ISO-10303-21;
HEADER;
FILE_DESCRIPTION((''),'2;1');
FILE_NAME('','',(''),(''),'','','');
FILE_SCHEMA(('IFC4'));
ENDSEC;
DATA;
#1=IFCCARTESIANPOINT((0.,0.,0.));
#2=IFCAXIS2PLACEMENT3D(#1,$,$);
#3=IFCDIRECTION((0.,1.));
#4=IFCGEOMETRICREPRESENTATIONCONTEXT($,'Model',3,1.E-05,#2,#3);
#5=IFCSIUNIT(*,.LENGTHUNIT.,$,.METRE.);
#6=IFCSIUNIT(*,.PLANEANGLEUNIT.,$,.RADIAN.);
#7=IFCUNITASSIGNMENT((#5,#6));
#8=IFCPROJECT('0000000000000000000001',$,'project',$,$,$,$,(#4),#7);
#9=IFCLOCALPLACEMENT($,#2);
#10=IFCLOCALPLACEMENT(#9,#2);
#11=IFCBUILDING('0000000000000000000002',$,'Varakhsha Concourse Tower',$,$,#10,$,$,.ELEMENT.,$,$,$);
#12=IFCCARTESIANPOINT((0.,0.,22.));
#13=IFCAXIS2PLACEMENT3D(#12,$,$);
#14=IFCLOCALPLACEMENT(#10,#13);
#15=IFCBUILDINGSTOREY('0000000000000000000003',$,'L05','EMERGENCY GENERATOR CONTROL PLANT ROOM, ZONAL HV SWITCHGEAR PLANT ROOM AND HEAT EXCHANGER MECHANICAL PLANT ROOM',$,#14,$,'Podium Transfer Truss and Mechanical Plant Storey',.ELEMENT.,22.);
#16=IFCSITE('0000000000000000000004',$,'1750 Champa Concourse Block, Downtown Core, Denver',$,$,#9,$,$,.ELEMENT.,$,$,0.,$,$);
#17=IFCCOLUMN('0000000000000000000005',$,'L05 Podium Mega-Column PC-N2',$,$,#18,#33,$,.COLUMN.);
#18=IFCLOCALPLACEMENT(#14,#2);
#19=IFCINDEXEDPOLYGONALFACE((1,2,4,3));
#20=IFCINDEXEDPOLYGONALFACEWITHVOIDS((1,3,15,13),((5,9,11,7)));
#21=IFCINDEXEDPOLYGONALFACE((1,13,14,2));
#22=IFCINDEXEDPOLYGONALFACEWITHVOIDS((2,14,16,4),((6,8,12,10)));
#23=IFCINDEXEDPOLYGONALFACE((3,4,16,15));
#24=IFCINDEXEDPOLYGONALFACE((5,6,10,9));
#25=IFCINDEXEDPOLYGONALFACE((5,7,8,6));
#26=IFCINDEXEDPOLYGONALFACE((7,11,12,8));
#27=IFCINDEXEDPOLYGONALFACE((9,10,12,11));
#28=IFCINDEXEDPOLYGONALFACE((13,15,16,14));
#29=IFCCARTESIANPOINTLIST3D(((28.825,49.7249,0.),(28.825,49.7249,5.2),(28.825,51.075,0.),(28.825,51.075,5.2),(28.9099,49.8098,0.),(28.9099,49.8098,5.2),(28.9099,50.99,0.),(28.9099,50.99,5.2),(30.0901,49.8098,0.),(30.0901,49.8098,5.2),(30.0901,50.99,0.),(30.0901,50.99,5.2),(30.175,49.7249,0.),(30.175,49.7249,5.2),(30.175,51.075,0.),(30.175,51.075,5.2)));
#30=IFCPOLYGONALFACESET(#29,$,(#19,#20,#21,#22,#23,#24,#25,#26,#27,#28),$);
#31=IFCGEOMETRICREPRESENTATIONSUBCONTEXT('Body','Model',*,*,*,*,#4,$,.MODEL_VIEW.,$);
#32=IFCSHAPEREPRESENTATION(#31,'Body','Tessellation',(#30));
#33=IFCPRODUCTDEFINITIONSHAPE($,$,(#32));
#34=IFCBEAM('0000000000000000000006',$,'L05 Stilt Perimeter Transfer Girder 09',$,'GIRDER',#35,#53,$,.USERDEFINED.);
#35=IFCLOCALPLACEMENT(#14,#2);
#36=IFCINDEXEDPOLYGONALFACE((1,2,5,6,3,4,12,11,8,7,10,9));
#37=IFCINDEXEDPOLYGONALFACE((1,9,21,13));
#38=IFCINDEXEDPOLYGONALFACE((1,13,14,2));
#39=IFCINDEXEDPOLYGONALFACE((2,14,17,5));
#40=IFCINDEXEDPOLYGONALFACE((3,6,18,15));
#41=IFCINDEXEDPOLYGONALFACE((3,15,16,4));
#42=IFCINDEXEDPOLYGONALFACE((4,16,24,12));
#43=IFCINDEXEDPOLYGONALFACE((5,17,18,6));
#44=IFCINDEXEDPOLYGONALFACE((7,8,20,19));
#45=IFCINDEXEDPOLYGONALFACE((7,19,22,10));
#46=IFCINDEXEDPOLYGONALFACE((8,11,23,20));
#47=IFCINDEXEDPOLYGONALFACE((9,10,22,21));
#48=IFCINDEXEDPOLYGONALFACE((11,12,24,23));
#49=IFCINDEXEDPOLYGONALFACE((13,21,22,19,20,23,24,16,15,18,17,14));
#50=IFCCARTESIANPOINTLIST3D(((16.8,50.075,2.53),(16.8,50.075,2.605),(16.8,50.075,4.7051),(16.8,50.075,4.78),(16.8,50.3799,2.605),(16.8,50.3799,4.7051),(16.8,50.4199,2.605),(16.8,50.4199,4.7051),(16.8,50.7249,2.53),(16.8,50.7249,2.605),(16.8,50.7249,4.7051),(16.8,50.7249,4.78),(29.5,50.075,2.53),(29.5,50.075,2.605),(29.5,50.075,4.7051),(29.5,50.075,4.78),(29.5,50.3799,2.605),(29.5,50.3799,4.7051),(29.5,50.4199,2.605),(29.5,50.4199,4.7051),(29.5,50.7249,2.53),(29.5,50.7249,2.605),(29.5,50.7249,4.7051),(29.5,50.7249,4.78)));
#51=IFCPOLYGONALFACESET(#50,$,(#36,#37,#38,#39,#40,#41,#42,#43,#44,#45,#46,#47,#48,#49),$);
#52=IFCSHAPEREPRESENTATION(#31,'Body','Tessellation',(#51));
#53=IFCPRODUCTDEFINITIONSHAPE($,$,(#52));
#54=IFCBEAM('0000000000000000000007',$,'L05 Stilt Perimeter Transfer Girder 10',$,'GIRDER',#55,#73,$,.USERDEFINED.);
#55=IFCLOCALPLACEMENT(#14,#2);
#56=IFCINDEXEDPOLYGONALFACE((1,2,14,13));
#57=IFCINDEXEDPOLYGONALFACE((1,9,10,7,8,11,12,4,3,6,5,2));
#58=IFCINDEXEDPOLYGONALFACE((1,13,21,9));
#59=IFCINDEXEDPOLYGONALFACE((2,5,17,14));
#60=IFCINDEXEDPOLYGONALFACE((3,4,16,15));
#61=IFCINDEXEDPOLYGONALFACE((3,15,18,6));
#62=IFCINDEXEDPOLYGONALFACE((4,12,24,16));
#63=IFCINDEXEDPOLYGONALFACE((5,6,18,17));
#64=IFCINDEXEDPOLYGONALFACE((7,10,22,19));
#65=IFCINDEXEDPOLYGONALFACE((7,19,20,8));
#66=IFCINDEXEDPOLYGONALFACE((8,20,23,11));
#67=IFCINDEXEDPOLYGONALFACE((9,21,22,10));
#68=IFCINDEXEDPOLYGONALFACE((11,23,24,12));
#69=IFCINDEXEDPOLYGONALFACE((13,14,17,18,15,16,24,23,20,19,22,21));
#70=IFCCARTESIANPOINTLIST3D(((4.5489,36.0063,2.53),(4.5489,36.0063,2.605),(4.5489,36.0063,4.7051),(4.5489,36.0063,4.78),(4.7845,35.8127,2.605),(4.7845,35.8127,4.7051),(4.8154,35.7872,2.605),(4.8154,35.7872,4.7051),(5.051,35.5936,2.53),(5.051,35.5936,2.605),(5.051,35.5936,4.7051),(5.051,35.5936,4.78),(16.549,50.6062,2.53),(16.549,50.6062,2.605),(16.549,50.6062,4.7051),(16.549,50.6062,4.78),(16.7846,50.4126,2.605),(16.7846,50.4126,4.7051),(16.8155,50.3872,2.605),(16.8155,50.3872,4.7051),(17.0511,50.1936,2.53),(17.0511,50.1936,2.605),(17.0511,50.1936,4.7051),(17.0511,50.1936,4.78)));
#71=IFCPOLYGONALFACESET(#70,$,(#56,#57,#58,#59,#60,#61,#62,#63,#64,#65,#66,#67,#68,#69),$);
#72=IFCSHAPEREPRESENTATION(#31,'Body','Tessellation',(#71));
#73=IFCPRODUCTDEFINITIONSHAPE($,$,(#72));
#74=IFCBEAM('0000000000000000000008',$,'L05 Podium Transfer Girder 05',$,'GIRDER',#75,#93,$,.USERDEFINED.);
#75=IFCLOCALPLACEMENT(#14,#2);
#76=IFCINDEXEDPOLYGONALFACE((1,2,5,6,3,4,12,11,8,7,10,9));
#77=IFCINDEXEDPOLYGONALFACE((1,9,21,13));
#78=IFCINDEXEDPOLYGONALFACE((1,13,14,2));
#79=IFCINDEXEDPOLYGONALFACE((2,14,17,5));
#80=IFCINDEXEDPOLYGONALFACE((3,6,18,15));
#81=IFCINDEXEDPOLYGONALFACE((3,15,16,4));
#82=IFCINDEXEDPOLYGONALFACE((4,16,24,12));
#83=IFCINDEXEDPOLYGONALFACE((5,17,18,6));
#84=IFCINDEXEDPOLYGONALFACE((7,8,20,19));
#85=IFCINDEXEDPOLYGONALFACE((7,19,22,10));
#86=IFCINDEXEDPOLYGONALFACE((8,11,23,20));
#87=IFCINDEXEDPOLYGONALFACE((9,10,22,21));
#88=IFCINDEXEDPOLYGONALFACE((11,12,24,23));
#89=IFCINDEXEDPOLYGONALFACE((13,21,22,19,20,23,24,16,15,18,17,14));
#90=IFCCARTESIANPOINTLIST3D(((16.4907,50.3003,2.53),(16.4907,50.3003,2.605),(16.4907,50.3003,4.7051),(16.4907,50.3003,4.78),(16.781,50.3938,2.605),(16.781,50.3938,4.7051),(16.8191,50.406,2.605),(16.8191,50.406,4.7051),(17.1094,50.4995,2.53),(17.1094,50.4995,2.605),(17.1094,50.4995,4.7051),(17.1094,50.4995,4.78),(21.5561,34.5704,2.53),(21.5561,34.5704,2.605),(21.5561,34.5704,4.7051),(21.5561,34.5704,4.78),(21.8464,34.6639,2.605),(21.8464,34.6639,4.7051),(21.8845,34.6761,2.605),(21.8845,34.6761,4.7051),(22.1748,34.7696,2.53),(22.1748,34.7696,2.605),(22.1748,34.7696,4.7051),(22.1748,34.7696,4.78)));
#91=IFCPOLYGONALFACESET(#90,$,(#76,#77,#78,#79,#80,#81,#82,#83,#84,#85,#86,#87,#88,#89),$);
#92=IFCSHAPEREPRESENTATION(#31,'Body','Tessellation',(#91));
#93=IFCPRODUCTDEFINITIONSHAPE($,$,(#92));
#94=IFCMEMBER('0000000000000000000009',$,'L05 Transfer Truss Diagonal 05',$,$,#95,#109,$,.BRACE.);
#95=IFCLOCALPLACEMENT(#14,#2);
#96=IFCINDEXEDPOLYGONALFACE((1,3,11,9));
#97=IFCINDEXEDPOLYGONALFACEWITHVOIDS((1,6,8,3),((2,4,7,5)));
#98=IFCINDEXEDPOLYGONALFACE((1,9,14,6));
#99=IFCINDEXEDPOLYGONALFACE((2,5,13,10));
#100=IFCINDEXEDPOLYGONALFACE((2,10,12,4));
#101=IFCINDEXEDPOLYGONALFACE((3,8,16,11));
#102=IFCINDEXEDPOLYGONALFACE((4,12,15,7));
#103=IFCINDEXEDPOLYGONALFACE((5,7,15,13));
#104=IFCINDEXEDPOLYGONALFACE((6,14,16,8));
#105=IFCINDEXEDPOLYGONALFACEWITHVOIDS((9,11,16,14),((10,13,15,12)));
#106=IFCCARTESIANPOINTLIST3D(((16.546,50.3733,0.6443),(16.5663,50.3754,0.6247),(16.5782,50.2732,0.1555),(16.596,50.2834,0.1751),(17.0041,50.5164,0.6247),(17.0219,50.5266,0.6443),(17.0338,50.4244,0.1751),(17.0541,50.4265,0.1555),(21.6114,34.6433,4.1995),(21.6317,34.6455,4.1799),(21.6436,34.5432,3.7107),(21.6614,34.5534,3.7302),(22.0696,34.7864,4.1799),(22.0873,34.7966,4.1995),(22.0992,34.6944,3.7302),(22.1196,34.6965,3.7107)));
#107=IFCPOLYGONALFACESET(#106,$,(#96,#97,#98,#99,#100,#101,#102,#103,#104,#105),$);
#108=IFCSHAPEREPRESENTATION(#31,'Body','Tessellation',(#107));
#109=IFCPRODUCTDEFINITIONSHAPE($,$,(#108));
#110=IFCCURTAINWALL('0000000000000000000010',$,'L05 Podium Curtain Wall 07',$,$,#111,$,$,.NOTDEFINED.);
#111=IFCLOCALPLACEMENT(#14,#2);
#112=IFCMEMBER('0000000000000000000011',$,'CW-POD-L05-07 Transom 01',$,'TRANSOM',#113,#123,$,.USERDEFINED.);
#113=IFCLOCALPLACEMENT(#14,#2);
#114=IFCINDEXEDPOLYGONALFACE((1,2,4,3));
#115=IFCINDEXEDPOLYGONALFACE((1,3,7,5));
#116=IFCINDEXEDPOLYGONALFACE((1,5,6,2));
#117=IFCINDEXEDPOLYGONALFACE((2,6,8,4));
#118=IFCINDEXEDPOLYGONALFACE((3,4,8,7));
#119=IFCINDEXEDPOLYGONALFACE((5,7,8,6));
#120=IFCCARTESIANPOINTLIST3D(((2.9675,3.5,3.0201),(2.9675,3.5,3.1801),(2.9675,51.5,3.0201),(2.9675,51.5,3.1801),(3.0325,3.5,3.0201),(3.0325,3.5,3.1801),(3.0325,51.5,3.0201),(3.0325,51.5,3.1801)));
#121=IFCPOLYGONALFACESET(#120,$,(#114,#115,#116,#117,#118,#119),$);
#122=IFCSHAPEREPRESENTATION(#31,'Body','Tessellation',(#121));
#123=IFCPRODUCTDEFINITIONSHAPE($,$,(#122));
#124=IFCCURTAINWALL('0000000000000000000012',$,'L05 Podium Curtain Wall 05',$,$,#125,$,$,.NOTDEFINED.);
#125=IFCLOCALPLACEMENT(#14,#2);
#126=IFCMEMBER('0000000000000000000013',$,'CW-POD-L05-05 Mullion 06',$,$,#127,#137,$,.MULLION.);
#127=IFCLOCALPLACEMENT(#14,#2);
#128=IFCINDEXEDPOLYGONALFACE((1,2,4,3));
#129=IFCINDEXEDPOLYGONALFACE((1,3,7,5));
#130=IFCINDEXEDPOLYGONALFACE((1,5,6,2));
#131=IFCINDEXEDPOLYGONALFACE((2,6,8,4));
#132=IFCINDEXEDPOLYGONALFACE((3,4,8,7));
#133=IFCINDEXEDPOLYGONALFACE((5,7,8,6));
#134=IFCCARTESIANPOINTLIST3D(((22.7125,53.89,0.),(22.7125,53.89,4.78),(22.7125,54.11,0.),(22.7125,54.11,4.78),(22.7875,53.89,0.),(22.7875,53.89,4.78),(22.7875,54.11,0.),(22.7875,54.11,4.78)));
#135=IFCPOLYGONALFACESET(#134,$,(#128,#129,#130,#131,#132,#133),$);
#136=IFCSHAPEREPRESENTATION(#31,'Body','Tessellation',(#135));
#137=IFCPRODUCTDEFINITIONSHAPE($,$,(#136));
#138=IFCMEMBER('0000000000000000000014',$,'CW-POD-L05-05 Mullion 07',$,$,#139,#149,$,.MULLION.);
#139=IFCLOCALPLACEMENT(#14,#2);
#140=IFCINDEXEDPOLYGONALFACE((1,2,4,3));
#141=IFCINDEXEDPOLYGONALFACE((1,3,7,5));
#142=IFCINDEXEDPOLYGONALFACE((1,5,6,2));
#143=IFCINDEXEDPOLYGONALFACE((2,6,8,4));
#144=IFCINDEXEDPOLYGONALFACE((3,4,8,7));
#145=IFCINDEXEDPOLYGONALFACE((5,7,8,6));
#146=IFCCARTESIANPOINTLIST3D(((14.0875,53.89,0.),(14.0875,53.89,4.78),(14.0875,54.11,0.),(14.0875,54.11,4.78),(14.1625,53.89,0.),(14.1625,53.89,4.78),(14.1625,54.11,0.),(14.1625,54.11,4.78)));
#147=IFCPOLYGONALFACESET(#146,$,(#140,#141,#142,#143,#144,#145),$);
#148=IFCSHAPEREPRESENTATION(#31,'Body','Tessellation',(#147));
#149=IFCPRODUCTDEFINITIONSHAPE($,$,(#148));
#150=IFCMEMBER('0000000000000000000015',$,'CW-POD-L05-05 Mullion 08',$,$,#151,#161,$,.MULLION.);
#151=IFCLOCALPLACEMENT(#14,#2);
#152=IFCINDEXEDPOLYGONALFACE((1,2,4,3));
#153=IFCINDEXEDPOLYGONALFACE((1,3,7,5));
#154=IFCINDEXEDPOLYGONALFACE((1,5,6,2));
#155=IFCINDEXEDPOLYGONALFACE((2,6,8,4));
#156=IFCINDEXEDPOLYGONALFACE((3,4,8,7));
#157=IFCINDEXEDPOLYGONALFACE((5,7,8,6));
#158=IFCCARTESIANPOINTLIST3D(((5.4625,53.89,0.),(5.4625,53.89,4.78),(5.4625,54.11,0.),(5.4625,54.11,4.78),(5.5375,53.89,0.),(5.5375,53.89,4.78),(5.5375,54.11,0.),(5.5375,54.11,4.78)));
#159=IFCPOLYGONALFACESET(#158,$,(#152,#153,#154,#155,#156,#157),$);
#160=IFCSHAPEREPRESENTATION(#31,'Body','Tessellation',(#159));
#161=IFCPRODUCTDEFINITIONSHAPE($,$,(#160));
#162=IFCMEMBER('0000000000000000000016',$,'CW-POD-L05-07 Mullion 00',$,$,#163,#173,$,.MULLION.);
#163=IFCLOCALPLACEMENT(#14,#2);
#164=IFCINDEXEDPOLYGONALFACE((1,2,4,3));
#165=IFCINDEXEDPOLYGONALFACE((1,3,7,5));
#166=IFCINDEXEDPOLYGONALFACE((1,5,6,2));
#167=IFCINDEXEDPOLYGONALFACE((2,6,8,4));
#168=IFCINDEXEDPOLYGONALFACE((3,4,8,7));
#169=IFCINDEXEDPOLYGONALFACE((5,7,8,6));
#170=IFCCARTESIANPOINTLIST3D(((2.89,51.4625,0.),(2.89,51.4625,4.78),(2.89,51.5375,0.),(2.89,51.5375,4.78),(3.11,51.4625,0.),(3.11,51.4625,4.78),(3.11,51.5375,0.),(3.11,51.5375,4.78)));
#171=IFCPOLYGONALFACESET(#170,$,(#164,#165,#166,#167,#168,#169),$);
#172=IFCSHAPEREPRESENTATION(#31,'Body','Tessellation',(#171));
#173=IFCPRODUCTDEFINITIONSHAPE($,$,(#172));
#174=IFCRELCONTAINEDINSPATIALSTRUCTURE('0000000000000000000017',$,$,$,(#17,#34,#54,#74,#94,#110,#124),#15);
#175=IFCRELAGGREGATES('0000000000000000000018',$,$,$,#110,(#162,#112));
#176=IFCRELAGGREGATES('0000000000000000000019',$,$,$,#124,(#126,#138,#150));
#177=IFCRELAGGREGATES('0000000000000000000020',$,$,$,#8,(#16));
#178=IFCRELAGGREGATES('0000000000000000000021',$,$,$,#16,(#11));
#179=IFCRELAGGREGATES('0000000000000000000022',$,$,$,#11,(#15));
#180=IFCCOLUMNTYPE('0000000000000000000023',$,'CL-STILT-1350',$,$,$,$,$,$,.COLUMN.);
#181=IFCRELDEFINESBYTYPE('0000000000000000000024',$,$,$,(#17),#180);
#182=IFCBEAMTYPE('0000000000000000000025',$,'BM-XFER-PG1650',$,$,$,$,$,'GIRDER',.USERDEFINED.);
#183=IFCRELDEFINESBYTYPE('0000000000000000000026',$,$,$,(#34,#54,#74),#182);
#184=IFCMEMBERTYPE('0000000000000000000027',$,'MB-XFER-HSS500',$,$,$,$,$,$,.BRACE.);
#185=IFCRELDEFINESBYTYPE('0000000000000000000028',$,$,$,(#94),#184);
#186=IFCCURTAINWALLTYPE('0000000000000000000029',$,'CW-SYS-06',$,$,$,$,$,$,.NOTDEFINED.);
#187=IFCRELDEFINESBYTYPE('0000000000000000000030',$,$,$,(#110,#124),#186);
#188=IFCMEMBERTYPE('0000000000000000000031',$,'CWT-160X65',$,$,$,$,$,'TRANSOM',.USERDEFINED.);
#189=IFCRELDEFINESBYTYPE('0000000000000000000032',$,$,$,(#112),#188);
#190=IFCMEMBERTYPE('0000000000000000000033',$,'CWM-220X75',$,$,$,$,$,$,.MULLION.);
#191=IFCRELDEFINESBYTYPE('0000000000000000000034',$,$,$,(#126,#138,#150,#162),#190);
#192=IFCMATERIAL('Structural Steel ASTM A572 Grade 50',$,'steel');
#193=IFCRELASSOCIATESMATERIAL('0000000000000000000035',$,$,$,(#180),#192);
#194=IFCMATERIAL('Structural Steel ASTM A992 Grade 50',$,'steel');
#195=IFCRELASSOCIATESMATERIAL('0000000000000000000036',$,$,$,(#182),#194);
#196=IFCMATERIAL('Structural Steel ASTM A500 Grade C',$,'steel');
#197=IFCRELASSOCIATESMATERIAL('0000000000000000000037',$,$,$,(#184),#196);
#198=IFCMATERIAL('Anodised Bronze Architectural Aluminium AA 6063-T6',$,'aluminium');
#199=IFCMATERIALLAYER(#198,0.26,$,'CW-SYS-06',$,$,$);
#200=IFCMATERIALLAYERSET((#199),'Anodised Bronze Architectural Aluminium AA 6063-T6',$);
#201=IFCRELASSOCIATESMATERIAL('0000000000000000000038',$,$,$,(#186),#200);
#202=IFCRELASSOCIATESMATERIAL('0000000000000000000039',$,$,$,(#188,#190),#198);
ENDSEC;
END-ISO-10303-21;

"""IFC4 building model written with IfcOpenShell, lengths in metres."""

from ifc_helpers import new_model, si_unit, direction, frame, origin, origin_2d, place, context, subcontext, project, spatial, rectangle, hollow_rectangle, i_section, extrude, source, transform, mapped, material, layer, layer_set, material_profile, profile_set, type_object, type_shapes, element, aggregate, save


model = new_model("IFC4")

# Units and contexts
model_context = context("Model", 3, precision=1e-05, world=origin(), true_north=direction((0.0, 1.0)))
body_context = subcontext(model_context, "Body", "Model", "MODEL_VIEW")
ifc_project = project(units=[si_unit("LENGTHUNIT", "METRE"), si_unit("PLANEANGLEUNIT", "RADIAN")], contexts=[model_context])

# Site, building, storey
site_placement = place(None, origin())
site = spatial("IfcSite", under=ifc_project, at=site_placement, Name="1750 Champa Concourse Block, Downtown Core, Denver", CompositionType="ELEMENT", RefElevation=0.0)
building_placement = place(site_placement, origin())
building = spatial("IfcBuilding", under=site, at=building_placement, Name="Varakhsha Concourse Tower", CompositionType="ELEMENT")
storey_placement = place(building_placement, frame((0.0, 0.0, 22.0)))
storey = spatial("IfcBuildingStorey", under=building, at=storey_placement, Name="L05", Description="EMERGENCY GENERATOR CONTROL PLANT ROOM, ZONAL HV SWITCHGEAR PLANT ROOM AND HEAT EXCHANGER MECHANICAL PLANT ROOM", LongName="Podium Transfer Truss and Mechanical Plant Storey", CompositionType="ELEMENT", Elevation=22.0)

# Column
ifc_material_1 = material(Name="Structural Steel ASTM A572 Grade 50", Category="steel")
ifc_material_profile_1 = material_profile(ifc_material_1, hollow_rectangle(XDim=1.3501, YDim=1.3501, WallThickness=0.085, at=origin_2d()), Name="BOX 1350x1350x85")
ifc_profile_set_1 = profile_set([ifc_material_profile_1], Name="Structural Steel ASTM A572 Grade 50")
column_type = type_object("IfcColumnType", Name="CL-STILT-1350", PredefinedType="COLUMN", material=ifc_profile_set_1)
column_placement = place(storey_placement, frame((29.5, 50.3999, 0.0), z_axis=(0.0, 0.0, 1.0), x_axis=(1.0, 0.0, 0.0)))
element("IfcColumn", 1, at=column_placement, inside=storey, type_object=column_type, Name="L05 Podium Mega-Column PC-N2", PredefinedType="COLUMN", context=body_context, shape_type="SweptSolid", body=[
    extrude(hollow_rectangle(XDim=1.3501, YDim=1.3501, WallThickness=0.085, at=origin_2d()), origin(), (0.0, 0.0, 1.0), 5.2),
])

# Beams
ifc_material_2 = material(Name="Structural Steel ASTM A992 Grade 50", Category="steel")
ifc_material_profile_2 = material_profile(ifc_material_2, i_section(OverallWidth=0.6499, OverallDepth=2.25, WebThickness=0.04, FlangeThickness=0.075, at=origin_2d()), Name="PG 2250x650x75x40")
ifc_profile_set_2 = profile_set([ifc_material_profile_2], Name="Structural Steel ASTM A992 Grade 50")
beam_type = type_object("IfcBeamType", Name="BM-XFER-PG1650", ElementType="GIRDER", PredefinedType="USERDEFINED", material=ifc_profile_set_2)
beam_1_placement = place(storey_placement, frame((29.5, 50.3999, 3.655), z_axis=(-1.0, 0.0, 0.0), x_axis=(0.0, -1.0, 0.0)))
element("IfcBeam", 2, at=beam_1_placement, inside=storey, type_object=beam_type, Name="L05 Stilt Perimeter Transfer Girder 09", ObjectType="GIRDER", PredefinedType="USERDEFINED", context=body_context, shape_type="SweptSolid", body=[
    extrude(i_section(OverallWidth=0.6499, OverallDepth=2.25, WebThickness=0.04, FlangeThickness=0.075, at=origin_2d()), origin(), (0.0, 0.0, 1.0), 12.7),
])
beam_2_placement = place(storey_placement, frame((16.8, 50.3999, 3.655), z_axis=(-0.634969, -0.772538, 0.0), x_axis=(0.772538, -0.634969, 0.0)))
element("IfcBeam", 3, at=beam_2_placement, inside=storey, type_object=beam_type, Name="L05 Stilt Perimeter Transfer Girder 10", ObjectType="GIRDER", PredefinedType="USERDEFINED", context=body_context, shape_type="SweptSolid", body=[
    extrude(i_section(OverallWidth=0.6499, OverallDepth=2.25, WebThickness=0.04, FlangeThickness=0.075, at=origin_2d()), origin(), (0.0, 0.0, 1.0), 18.8987),
])
beam_3_placement = place(storey_placement, frame((16.8, 50.3999, 3.655), z_axis=(0.306523, -0.951863, 0.0), x_axis=(0.951863, 0.306523, 0.0)))
element("IfcBeam", 4, at=beam_3_placement, inside=storey, type_object=beam_type, Name="L05 Podium Transfer Girder 05", ObjectType="GIRDER", PredefinedType="USERDEFINED", context=body_context, shape_type="SweptSolid", body=[
    extrude(i_section(OverallWidth=0.6499, OverallDepth=2.25, WebThickness=0.04, FlangeThickness=0.075, at=origin_2d()), origin(), (0.0, 0.0, 1.0), 16.5254),
])

# Member
ifc_material_3 = material(Name="Structural Steel ASTM A500 Grade C", Category="steel")
ifc_material_profile_3 = material_profile(ifc_material_3, hollow_rectangle(XDim=0.5, YDim=0.5, WallThickness=0.02, at=origin_2d()), Name="HSS 500x500x20")
ifc_profile_set_3 = profile_set([ifc_material_profile_3], Name="Structural Steel ASTM A500 Grade C")
member_type_1 = type_object("IfcMemberType", Name="MB-XFER-HSS500", PredefinedType="BRACE", material=ifc_profile_set_3)
shared_shape_1 = source(origin(), body_context, "Body", "SweptSolid", [
    extrude(hollow_rectangle(XDim=0.5, YDim=0.5, WallThickness=0.02, at=origin_2d()), origin(), (0.0, 0.0, 1.0), 16.9036),
])
type_shapes(member_type_1, [shared_shape_1])
member_1_placement = place(storey_placement, frame((16.8, 50.3999, 0.3999), z_axis=(0.299667, -0.930572, 0.210321), x_axis=(0.951863, 0.306523, 0.0)))
element("IfcMember", 5, at=member_1_placement, inside=storey, type_object=member_type_1, Name="L05 Transfer Truss Diagonal 05", PredefinedType="BRACE", context=body_context, shape_type="MappedRepresentation", body=[
    mapped(shared_shape_1, transform((0.0, 0.0, 0.0), scale=1.0)),
])

# Curtain wall, member
ifc_material_4 = material(Name="Anodised Bronze Architectural Aluminium AA 6063-T6", Category="aluminium")
ifc_layer_1 = layer(ifc_material_4, 0.26, Name="CW-SYS-06")
ifc_layer_set_1 = layer_set([ifc_layer_1], Name="Anodised Bronze Architectural Aluminium AA 6063-T6")
curtain_wall_type = type_object("IfcCurtainWallType", Name="CW-SYS-06", PredefinedType="NOTDEFINED", material=ifc_layer_set_1)
curtain_wall_1_placement = place(storey_placement, origin())
curtain_wall_1 = element("IfcCurtainWall", 6, at=curtain_wall_1_placement, inside=storey, type_object=curtain_wall_type, Name="L05 Podium Curtain Wall 07", PredefinedType="NOTDEFINED")
ifc_material_profile_4 = material_profile(ifc_material_4, rectangle(XDim=0.0649, YDim=0.1599, at=origin_2d()), Name="CWT-160X65")
ifc_profile_set_4 = profile_set([ifc_material_profile_4], Name="Anodised Bronze Architectural Aluminium AA 6063-T6")
member_type_2 = type_object("IfcMemberType", Name="CWT-160X65", ElementType="TRANSOM", PredefinedType="USERDEFINED", material=ifc_profile_set_4)
shared_shape_2 = source(origin(), body_context, "Body", "SweptSolid", [
    extrude(rectangle(XDim=0.0649, YDim=0.1599, at=origin_2d()), origin(), (0.0, 0.0, 1.0), 48.0),
])
type_shapes(member_type_2, [shared_shape_2])
member_2_placement = place(storey_placement, frame((3.0, 51.5, 3.1001), z_axis=(0.0, -1.0, 0.0), x_axis=(1.0, 0.0, 0.0)))
member_2 = element("IfcMember", 7, at=member_2_placement, type_object=member_type_2, Name="CW-POD-L05-07 Transom 01", ObjectType="TRANSOM", PredefinedType="USERDEFINED", context=body_context, shape_type="MappedRepresentation", body=[
    mapped(shared_shape_2, transform((0.0, 0.0, 0.0), scale=1.0)),
])

# Curtain wall, members
curtain_wall_2_placement = place(storey_placement, origin())
curtain_wall_2 = element("IfcCurtainWall", 8, at=curtain_wall_2_placement, inside=storey, type_object=curtain_wall_type, Name="L05 Podium Curtain Wall 05", PredefinedType="NOTDEFINED")
ifc_material_profile_5 = material_profile(ifc_material_4, rectangle(XDim=0.075, YDim=0.22, at=origin_2d()), Name="CWM-220X75")
ifc_profile_set_5 = profile_set([ifc_material_profile_5], Name="Anodised Bronze Architectural Aluminium AA 6063-T6")
member_type_3 = type_object("IfcMemberType", Name="CWM-220X75", PredefinedType="MULLION", material=ifc_profile_set_5)
shared_shape_3 = source(origin(), body_context, "Body", "SweptSolid", [
    extrude(rectangle(XDim=0.075, YDim=0.22, at=origin_2d()), origin(), (0.0, 0.0, 1.0), 4.78),
])
type_shapes(member_type_3, [shared_shape_3])
member_3_placement = place(storey_placement, frame((22.75, 54.0, 0.0), z_axis=(0.0, 0.0, 1.0), x_axis=(-1.0, 0.0, 0.0)))
member_3 = element("IfcMember", 9, at=member_3_placement, type_object=member_type_3, Name="CW-POD-L05-05 Mullion 06", PredefinedType="MULLION", context=body_context, shape_type="MappedRepresentation", body=[
    mapped(shared_shape_3, transform((0.0, 0.0, 0.0), scale=1.0)),
])
member_4_placement = place(storey_placement, frame((14.125, 54.0, 0.0), z_axis=(0.0, 0.0, 1.0), x_axis=(-1.0, 0.0, 0.0)))
member_4 = element("IfcMember", 10, at=member_4_placement, type_object=member_type_3, Name="CW-POD-L05-05 Mullion 07", PredefinedType="MULLION", context=body_context, shape_type="MappedRepresentation", body=[
    mapped(shared_shape_3, transform((0.0, 0.0, 0.0), scale=1.0)),
])
member_5_placement = place(storey_placement, frame((5.5, 54.0, 0.0), z_axis=(0.0, 0.0, 1.0), x_axis=(-1.0, 0.0, 0.0)))
member_5 = element("IfcMember", 11, at=member_5_placement, type_object=member_type_3, Name="CW-POD-L05-05 Mullion 08", PredefinedType="MULLION", context=body_context, shape_type="MappedRepresentation", body=[
    mapped(shared_shape_3, transform((0.0, 0.0, 0.0), scale=1.0)),
])

# Member
member_6_placement = place(storey_placement, frame((3.0, 51.5, 0.0), z_axis=(0.0, 0.0, 1.0), x_axis=(0.0, -1.0, 0.0)))
member_6 = element("IfcMember", 12, at=member_6_placement, type_object=member_type_3, Name="CW-POD-L05-07 Mullion 00", PredefinedType="MULLION", context=body_context, shape_type="MappedRepresentation", body=[
    mapped(shared_shape_3, transform((0.0, 0.0, 0.0), scale=1.0)),
])
aggregate(curtain_wall_1, [member_6, member_2])

aggregate(curtain_wall_2, [member_3, member_4, member_5])

save(model, "model.ifc")
